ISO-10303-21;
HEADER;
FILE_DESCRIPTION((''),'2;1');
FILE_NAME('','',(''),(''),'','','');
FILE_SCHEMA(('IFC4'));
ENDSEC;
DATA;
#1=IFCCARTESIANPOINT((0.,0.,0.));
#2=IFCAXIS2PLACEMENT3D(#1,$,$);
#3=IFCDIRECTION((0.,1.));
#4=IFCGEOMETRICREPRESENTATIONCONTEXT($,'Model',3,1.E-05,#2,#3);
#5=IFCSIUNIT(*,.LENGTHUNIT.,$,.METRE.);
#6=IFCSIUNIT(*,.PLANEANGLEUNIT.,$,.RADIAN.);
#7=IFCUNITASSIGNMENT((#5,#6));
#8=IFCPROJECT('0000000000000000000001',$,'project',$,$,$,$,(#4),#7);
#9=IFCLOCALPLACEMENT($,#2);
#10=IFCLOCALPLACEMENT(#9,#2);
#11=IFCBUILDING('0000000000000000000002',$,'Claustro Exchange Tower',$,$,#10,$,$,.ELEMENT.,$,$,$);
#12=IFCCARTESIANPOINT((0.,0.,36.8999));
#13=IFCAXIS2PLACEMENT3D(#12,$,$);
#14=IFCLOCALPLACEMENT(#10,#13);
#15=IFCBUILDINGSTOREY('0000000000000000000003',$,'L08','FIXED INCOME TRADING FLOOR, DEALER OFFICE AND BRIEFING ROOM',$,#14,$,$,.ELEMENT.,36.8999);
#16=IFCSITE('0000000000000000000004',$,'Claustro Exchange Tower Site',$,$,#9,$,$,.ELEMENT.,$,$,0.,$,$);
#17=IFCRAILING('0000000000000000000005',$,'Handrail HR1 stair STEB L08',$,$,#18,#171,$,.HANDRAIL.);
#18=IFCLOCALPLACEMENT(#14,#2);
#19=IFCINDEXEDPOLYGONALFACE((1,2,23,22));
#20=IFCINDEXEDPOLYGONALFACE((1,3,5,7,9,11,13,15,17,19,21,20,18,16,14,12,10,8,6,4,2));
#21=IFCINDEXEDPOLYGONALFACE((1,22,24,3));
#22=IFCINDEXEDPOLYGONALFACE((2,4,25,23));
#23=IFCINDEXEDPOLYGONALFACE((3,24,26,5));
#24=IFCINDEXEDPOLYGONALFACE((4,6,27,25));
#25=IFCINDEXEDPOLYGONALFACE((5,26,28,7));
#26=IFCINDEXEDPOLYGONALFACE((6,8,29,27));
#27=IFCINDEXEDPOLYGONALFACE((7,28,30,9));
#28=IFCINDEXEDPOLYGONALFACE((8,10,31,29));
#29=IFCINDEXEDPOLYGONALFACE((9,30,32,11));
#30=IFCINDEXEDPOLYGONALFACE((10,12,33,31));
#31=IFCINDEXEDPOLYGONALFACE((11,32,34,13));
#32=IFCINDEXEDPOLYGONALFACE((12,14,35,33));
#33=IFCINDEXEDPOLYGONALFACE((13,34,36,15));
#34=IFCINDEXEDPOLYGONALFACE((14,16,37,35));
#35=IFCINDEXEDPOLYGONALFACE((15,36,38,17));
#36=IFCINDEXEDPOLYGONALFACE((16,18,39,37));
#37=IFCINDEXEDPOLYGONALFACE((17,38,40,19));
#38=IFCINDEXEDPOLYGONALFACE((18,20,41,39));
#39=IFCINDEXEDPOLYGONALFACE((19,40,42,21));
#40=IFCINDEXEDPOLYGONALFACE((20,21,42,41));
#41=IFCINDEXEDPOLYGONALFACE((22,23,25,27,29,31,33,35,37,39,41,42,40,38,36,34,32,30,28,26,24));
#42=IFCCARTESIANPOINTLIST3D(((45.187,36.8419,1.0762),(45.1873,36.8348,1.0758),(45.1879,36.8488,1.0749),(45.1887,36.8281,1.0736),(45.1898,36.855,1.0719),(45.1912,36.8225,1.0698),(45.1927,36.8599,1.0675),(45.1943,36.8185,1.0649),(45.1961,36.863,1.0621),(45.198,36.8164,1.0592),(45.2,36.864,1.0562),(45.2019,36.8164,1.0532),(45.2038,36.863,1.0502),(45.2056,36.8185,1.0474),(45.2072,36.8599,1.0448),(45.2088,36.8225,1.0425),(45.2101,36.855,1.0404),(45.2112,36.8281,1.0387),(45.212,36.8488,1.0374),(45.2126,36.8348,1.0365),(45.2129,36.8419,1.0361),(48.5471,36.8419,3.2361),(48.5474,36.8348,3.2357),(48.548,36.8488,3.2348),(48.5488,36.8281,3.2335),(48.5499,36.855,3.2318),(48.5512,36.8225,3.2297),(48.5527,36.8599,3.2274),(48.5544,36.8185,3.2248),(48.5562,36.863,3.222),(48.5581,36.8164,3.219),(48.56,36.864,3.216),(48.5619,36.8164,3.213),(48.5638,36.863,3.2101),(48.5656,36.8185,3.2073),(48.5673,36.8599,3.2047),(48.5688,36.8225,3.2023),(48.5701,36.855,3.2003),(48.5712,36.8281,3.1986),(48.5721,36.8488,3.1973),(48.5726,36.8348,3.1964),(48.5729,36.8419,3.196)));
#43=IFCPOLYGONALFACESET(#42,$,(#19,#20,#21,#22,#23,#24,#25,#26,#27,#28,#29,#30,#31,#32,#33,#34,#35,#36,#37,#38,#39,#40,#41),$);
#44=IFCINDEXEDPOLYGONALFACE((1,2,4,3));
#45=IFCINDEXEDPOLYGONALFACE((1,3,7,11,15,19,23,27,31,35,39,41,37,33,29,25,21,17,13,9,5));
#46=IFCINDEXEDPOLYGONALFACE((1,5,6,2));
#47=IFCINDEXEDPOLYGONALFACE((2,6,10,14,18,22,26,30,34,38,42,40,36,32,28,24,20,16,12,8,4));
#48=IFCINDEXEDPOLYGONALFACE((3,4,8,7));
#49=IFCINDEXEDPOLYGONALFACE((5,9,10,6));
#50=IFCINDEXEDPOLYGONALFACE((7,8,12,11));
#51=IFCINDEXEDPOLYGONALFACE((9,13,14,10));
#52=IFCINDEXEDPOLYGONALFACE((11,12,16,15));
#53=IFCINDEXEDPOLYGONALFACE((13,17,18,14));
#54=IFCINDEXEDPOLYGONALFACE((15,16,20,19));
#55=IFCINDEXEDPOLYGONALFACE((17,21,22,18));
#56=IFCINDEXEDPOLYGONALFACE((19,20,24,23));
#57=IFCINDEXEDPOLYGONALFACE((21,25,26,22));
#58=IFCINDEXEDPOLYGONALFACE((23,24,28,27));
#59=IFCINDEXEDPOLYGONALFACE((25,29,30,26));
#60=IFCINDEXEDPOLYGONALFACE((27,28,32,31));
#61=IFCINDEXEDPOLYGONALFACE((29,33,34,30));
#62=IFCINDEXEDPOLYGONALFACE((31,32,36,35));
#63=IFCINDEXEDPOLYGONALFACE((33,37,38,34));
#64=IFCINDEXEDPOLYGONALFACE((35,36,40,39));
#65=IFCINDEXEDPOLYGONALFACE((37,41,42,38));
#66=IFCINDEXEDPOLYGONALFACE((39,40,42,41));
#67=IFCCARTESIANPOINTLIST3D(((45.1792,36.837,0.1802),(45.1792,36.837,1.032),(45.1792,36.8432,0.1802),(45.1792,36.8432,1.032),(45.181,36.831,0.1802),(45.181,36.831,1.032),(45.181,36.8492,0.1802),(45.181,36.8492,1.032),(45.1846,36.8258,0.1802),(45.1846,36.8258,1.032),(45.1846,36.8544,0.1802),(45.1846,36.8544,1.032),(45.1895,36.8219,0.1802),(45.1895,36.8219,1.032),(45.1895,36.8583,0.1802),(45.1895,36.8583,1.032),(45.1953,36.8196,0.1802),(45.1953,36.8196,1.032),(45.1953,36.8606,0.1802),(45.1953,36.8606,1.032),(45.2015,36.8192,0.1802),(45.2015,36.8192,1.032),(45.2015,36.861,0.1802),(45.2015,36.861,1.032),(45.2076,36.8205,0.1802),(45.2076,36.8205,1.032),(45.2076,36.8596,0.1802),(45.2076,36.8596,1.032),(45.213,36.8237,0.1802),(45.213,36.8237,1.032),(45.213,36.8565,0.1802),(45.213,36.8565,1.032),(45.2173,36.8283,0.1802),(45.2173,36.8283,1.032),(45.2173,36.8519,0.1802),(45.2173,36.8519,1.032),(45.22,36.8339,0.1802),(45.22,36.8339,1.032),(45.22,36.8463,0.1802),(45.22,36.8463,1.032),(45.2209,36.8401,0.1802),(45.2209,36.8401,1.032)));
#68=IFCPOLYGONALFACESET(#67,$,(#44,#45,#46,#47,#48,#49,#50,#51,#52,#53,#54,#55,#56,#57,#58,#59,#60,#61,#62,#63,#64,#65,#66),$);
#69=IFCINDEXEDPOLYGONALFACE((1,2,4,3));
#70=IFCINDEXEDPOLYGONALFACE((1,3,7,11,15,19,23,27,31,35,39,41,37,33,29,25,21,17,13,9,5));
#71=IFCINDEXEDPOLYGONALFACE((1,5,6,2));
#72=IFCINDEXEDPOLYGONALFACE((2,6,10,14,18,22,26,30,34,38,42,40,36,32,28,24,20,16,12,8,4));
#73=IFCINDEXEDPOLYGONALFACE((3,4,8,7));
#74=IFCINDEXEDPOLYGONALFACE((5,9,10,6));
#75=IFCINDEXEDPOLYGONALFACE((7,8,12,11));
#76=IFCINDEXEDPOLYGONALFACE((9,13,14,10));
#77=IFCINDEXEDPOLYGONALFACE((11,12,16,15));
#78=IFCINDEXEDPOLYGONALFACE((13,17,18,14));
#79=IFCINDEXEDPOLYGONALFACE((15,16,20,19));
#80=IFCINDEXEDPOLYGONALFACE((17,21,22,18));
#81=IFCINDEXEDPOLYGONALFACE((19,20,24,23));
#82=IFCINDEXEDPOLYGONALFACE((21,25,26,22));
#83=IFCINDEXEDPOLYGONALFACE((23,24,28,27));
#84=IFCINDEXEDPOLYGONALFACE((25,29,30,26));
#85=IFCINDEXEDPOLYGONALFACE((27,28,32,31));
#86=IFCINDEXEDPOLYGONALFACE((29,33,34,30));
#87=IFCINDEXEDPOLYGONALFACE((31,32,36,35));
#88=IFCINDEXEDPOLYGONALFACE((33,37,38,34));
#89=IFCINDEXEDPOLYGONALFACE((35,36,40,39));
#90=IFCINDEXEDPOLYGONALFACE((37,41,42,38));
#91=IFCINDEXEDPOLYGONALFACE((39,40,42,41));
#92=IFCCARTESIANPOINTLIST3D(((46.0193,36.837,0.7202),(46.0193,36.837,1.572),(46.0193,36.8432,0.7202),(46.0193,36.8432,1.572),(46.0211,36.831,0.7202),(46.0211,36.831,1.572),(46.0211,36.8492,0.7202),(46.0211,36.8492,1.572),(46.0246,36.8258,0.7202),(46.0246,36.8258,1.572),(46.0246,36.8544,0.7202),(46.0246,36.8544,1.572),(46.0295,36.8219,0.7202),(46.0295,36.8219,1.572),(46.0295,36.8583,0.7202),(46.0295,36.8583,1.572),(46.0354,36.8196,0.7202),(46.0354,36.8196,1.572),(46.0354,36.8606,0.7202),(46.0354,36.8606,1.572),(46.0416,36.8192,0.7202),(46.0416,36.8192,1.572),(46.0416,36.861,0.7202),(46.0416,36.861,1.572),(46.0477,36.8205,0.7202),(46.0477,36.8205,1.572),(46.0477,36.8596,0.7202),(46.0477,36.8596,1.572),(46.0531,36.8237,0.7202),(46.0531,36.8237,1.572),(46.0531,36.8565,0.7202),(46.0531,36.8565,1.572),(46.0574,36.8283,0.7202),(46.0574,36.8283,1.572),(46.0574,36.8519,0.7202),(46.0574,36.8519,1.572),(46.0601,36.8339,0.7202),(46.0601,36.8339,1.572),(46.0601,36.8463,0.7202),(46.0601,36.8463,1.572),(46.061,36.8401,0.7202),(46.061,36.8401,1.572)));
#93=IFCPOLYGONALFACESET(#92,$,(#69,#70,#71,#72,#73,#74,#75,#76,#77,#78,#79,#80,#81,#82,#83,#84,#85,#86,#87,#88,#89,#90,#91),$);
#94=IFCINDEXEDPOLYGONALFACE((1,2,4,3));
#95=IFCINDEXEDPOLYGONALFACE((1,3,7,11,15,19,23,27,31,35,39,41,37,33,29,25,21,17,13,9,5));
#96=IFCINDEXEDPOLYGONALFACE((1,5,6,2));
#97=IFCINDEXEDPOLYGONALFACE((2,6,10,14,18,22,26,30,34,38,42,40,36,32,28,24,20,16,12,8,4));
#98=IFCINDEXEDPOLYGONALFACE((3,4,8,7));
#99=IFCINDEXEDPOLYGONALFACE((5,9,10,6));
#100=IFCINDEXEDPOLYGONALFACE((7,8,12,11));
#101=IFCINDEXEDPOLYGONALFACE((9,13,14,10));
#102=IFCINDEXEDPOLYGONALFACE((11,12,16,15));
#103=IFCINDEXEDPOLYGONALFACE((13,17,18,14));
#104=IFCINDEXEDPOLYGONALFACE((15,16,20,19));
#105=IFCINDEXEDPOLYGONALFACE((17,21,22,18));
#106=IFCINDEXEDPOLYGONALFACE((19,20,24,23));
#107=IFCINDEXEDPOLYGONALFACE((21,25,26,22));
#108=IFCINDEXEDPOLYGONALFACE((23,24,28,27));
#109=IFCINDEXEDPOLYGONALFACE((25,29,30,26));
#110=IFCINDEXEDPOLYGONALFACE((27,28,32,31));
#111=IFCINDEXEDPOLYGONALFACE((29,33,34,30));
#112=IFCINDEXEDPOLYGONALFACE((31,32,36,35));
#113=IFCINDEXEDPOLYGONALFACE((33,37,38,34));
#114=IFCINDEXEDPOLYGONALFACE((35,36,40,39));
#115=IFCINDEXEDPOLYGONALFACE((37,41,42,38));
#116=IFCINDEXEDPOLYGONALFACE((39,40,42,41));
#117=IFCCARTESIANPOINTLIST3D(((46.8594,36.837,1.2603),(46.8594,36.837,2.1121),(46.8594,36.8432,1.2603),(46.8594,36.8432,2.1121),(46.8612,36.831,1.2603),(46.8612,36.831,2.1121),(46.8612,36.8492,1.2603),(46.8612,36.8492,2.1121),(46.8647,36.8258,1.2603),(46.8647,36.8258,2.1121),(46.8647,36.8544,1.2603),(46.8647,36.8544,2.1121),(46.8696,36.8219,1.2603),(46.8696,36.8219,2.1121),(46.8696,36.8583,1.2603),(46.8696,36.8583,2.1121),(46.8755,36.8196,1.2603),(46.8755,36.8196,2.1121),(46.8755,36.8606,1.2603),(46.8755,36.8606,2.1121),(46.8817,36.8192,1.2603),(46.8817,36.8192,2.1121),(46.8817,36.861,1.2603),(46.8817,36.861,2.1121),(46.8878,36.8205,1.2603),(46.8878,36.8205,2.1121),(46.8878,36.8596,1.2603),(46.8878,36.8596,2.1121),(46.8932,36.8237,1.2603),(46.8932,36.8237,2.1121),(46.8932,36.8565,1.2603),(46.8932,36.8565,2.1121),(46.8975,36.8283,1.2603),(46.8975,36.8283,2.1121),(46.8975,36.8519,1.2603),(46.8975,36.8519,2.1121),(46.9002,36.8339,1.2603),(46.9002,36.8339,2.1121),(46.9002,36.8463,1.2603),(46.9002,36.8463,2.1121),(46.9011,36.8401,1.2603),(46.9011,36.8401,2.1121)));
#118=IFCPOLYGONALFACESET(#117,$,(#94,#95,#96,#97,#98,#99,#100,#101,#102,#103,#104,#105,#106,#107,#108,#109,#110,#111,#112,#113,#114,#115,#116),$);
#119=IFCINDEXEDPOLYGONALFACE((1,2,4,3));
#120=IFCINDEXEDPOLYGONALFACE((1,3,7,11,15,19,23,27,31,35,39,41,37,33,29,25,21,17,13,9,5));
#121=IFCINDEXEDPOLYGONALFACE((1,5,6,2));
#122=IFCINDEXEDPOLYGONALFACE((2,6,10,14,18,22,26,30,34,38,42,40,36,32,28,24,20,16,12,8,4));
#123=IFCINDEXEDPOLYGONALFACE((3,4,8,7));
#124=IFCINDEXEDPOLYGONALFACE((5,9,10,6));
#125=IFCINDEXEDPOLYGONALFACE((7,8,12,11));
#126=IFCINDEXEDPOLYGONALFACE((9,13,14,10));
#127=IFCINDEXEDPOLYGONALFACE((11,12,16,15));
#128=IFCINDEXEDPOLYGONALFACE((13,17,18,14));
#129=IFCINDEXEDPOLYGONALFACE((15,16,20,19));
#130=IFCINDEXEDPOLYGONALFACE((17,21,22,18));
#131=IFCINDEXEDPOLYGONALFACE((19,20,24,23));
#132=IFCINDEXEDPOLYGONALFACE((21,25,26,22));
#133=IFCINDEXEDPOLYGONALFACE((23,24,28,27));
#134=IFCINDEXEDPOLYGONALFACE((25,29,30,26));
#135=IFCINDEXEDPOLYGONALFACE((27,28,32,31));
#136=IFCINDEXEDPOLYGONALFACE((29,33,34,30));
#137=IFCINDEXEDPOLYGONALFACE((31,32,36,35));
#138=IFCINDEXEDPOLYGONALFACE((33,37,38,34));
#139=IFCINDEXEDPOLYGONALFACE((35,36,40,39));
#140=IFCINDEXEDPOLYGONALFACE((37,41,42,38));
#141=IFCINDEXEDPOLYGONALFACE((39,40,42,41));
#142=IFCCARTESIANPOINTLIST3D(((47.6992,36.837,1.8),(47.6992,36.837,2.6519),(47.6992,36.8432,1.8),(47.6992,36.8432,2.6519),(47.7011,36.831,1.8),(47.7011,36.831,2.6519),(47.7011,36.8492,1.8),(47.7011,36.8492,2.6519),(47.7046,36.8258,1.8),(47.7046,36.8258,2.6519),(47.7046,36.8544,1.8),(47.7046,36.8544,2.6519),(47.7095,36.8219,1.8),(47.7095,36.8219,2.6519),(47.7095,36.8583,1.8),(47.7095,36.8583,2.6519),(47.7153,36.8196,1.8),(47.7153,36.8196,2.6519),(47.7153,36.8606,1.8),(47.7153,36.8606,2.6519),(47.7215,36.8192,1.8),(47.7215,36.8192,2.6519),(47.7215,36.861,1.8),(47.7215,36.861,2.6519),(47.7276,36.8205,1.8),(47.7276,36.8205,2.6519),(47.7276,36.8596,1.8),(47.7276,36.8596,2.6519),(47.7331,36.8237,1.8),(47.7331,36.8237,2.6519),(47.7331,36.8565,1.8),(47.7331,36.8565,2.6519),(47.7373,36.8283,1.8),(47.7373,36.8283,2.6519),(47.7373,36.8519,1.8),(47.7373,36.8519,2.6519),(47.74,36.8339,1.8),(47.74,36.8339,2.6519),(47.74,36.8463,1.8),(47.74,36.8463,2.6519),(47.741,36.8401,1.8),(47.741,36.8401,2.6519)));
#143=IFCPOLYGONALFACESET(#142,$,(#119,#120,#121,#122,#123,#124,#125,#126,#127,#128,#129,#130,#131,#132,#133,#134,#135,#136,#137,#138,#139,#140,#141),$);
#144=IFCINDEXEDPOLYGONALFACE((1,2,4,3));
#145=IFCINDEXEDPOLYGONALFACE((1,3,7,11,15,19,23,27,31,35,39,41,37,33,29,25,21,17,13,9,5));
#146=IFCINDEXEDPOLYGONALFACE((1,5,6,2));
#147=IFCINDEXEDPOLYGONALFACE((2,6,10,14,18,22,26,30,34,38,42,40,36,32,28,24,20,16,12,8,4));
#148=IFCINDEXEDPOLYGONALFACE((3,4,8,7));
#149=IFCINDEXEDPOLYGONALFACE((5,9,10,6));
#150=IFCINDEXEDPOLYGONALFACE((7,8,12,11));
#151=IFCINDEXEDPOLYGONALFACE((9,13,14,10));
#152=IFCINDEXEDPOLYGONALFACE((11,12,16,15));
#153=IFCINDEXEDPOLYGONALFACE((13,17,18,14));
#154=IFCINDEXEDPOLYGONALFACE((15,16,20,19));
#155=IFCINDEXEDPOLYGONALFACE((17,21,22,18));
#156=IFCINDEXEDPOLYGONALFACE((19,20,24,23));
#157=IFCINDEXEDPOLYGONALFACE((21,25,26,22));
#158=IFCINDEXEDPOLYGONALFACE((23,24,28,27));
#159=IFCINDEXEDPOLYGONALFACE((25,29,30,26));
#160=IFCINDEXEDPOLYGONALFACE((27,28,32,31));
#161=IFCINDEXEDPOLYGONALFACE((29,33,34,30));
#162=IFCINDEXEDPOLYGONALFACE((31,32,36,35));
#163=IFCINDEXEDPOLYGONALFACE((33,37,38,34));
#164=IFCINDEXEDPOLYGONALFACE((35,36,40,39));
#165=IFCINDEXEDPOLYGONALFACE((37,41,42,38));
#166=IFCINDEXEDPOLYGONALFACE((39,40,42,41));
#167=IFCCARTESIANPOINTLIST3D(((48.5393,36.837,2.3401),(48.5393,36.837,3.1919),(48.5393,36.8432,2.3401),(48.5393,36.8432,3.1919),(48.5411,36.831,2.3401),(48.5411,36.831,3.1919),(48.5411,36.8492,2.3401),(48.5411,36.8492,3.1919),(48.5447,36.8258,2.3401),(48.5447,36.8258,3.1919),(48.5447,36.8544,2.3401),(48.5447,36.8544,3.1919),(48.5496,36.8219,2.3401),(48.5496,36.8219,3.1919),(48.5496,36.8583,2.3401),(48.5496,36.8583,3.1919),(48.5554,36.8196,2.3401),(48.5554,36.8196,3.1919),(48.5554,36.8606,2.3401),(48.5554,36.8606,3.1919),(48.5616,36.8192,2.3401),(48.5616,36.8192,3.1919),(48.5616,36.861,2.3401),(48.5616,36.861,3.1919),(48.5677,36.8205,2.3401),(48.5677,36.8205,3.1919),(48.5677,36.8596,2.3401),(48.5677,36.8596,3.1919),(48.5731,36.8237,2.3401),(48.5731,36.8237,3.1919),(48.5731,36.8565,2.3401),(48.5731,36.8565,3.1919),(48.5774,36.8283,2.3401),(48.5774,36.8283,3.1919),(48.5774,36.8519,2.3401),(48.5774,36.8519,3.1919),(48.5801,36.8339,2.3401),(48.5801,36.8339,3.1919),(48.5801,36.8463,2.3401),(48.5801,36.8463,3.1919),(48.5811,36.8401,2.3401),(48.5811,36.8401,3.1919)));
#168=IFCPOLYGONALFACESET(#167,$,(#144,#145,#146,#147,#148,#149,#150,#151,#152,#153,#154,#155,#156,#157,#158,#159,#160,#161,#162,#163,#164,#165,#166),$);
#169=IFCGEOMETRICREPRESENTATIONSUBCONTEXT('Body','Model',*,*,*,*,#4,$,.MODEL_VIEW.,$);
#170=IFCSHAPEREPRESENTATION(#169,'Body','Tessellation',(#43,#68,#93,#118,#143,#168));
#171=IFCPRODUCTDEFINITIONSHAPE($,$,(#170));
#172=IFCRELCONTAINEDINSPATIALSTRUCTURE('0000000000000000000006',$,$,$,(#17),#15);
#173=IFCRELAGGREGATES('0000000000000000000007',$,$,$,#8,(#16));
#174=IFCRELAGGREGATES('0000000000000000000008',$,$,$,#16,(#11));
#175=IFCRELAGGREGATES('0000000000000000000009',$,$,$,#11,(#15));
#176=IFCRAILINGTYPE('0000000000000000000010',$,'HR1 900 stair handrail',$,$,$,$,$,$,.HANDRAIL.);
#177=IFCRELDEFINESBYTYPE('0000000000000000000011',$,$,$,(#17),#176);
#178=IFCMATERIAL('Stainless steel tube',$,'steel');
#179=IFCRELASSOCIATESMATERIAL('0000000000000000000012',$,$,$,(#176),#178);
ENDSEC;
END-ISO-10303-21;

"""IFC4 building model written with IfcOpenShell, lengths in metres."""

from ifc_helpers import new_model, si_unit, direction, frame, origin, origin_2d, place, context, subcontext, project, spatial, circle, extrude, material, type_object, element, save


model = new_model("IFC4")

# Units and contexts
model_context = context("Model", 3, precision=1e-05, world=origin(), true_north=direction((0.0, 1.0)))
body_context = subcontext(model_context, "Body", "Model", "MODEL_VIEW")
ifc_project = project(units=[si_unit("LENGTHUNIT", "METRE"), si_unit("PLANEANGLEUNIT", "RADIAN")], contexts=[model_context])

# Site, building, storey
site_placement = place(None, origin())
site = spatial("IfcSite", under=ifc_project, at=site_placement, Name="Claustro Exchange Tower Site", CompositionType="ELEMENT", RefElevation=0.0)
building_placement = place(site_placement, origin())
building = spatial("IfcBuilding", under=site, at=building_placement, Name="Claustro Exchange Tower", CompositionType="ELEMENT")
storey_placement = place(building_placement, frame((0.0, 0.0, 36.8999)))
storey = spatial("IfcBuildingStorey", under=building, at=storey_placement, Name="L08", Description="FIXED INCOME TRADING FLOOR, DEALER OFFICE AND BRIEFING ROOM", CompositionType="ELEMENT", Elevation=36.8999)

# Railing
ifc_material_1 = material(Name="Stainless steel tube", Category="steel")
railing_type_1 = type_object("IfcRailingType", Name="HR1 900 stair handrail", PredefinedType="HANDRAIL", material=ifc_material_1)
railing_1_placement = place(storey_placement, frame((45.2, 36.8401, 0.1802)))
element("IfcRailing", 1, at=railing_1_placement, inside=storey, type_object=railing_type_1, Name="Handrail HR1 stair STEB L08", PredefinedType="HANDRAIL", context=body_context, shape_type="SweptSolid", body=[
    extrude(circle(Radius=0.0239, at=origin_2d()), frame((0.0, 0.0, 0.876), z_axis=(0.841196, 0.0, 0.54073), x_axis=(0.0, 1.0, 0.0)), (0.0, 0.0, 1.0), 3.9944),
    extrude(circle(Radius=0.021, at=origin_2d()), origin(), (0.0, 0.0, 1.0), 0.8518),
    extrude(circle(Radius=0.021, at=origin_2d()), frame((0.8401, 0.0, 0.54)), (0.0, 0.0, 1.0), 0.8518),
    extrude(circle(Radius=0.021, at=origin_2d()), frame((1.6802, 0.0, 1.0801)), (0.0, 0.0, 1.0), 0.8518),
    extrude(circle(Radius=0.021, at=origin_2d()), frame((2.52, 0.0, 1.6199)), (0.0, 0.0, 1.0), 0.8518),
    extrude(circle(Radius=0.021, at=origin_2d()), frame((3.3601, 0.0, 2.1599)), (0.0, 0.0, 1.0), 0.8518),
])

save(model, "model.ifc")
